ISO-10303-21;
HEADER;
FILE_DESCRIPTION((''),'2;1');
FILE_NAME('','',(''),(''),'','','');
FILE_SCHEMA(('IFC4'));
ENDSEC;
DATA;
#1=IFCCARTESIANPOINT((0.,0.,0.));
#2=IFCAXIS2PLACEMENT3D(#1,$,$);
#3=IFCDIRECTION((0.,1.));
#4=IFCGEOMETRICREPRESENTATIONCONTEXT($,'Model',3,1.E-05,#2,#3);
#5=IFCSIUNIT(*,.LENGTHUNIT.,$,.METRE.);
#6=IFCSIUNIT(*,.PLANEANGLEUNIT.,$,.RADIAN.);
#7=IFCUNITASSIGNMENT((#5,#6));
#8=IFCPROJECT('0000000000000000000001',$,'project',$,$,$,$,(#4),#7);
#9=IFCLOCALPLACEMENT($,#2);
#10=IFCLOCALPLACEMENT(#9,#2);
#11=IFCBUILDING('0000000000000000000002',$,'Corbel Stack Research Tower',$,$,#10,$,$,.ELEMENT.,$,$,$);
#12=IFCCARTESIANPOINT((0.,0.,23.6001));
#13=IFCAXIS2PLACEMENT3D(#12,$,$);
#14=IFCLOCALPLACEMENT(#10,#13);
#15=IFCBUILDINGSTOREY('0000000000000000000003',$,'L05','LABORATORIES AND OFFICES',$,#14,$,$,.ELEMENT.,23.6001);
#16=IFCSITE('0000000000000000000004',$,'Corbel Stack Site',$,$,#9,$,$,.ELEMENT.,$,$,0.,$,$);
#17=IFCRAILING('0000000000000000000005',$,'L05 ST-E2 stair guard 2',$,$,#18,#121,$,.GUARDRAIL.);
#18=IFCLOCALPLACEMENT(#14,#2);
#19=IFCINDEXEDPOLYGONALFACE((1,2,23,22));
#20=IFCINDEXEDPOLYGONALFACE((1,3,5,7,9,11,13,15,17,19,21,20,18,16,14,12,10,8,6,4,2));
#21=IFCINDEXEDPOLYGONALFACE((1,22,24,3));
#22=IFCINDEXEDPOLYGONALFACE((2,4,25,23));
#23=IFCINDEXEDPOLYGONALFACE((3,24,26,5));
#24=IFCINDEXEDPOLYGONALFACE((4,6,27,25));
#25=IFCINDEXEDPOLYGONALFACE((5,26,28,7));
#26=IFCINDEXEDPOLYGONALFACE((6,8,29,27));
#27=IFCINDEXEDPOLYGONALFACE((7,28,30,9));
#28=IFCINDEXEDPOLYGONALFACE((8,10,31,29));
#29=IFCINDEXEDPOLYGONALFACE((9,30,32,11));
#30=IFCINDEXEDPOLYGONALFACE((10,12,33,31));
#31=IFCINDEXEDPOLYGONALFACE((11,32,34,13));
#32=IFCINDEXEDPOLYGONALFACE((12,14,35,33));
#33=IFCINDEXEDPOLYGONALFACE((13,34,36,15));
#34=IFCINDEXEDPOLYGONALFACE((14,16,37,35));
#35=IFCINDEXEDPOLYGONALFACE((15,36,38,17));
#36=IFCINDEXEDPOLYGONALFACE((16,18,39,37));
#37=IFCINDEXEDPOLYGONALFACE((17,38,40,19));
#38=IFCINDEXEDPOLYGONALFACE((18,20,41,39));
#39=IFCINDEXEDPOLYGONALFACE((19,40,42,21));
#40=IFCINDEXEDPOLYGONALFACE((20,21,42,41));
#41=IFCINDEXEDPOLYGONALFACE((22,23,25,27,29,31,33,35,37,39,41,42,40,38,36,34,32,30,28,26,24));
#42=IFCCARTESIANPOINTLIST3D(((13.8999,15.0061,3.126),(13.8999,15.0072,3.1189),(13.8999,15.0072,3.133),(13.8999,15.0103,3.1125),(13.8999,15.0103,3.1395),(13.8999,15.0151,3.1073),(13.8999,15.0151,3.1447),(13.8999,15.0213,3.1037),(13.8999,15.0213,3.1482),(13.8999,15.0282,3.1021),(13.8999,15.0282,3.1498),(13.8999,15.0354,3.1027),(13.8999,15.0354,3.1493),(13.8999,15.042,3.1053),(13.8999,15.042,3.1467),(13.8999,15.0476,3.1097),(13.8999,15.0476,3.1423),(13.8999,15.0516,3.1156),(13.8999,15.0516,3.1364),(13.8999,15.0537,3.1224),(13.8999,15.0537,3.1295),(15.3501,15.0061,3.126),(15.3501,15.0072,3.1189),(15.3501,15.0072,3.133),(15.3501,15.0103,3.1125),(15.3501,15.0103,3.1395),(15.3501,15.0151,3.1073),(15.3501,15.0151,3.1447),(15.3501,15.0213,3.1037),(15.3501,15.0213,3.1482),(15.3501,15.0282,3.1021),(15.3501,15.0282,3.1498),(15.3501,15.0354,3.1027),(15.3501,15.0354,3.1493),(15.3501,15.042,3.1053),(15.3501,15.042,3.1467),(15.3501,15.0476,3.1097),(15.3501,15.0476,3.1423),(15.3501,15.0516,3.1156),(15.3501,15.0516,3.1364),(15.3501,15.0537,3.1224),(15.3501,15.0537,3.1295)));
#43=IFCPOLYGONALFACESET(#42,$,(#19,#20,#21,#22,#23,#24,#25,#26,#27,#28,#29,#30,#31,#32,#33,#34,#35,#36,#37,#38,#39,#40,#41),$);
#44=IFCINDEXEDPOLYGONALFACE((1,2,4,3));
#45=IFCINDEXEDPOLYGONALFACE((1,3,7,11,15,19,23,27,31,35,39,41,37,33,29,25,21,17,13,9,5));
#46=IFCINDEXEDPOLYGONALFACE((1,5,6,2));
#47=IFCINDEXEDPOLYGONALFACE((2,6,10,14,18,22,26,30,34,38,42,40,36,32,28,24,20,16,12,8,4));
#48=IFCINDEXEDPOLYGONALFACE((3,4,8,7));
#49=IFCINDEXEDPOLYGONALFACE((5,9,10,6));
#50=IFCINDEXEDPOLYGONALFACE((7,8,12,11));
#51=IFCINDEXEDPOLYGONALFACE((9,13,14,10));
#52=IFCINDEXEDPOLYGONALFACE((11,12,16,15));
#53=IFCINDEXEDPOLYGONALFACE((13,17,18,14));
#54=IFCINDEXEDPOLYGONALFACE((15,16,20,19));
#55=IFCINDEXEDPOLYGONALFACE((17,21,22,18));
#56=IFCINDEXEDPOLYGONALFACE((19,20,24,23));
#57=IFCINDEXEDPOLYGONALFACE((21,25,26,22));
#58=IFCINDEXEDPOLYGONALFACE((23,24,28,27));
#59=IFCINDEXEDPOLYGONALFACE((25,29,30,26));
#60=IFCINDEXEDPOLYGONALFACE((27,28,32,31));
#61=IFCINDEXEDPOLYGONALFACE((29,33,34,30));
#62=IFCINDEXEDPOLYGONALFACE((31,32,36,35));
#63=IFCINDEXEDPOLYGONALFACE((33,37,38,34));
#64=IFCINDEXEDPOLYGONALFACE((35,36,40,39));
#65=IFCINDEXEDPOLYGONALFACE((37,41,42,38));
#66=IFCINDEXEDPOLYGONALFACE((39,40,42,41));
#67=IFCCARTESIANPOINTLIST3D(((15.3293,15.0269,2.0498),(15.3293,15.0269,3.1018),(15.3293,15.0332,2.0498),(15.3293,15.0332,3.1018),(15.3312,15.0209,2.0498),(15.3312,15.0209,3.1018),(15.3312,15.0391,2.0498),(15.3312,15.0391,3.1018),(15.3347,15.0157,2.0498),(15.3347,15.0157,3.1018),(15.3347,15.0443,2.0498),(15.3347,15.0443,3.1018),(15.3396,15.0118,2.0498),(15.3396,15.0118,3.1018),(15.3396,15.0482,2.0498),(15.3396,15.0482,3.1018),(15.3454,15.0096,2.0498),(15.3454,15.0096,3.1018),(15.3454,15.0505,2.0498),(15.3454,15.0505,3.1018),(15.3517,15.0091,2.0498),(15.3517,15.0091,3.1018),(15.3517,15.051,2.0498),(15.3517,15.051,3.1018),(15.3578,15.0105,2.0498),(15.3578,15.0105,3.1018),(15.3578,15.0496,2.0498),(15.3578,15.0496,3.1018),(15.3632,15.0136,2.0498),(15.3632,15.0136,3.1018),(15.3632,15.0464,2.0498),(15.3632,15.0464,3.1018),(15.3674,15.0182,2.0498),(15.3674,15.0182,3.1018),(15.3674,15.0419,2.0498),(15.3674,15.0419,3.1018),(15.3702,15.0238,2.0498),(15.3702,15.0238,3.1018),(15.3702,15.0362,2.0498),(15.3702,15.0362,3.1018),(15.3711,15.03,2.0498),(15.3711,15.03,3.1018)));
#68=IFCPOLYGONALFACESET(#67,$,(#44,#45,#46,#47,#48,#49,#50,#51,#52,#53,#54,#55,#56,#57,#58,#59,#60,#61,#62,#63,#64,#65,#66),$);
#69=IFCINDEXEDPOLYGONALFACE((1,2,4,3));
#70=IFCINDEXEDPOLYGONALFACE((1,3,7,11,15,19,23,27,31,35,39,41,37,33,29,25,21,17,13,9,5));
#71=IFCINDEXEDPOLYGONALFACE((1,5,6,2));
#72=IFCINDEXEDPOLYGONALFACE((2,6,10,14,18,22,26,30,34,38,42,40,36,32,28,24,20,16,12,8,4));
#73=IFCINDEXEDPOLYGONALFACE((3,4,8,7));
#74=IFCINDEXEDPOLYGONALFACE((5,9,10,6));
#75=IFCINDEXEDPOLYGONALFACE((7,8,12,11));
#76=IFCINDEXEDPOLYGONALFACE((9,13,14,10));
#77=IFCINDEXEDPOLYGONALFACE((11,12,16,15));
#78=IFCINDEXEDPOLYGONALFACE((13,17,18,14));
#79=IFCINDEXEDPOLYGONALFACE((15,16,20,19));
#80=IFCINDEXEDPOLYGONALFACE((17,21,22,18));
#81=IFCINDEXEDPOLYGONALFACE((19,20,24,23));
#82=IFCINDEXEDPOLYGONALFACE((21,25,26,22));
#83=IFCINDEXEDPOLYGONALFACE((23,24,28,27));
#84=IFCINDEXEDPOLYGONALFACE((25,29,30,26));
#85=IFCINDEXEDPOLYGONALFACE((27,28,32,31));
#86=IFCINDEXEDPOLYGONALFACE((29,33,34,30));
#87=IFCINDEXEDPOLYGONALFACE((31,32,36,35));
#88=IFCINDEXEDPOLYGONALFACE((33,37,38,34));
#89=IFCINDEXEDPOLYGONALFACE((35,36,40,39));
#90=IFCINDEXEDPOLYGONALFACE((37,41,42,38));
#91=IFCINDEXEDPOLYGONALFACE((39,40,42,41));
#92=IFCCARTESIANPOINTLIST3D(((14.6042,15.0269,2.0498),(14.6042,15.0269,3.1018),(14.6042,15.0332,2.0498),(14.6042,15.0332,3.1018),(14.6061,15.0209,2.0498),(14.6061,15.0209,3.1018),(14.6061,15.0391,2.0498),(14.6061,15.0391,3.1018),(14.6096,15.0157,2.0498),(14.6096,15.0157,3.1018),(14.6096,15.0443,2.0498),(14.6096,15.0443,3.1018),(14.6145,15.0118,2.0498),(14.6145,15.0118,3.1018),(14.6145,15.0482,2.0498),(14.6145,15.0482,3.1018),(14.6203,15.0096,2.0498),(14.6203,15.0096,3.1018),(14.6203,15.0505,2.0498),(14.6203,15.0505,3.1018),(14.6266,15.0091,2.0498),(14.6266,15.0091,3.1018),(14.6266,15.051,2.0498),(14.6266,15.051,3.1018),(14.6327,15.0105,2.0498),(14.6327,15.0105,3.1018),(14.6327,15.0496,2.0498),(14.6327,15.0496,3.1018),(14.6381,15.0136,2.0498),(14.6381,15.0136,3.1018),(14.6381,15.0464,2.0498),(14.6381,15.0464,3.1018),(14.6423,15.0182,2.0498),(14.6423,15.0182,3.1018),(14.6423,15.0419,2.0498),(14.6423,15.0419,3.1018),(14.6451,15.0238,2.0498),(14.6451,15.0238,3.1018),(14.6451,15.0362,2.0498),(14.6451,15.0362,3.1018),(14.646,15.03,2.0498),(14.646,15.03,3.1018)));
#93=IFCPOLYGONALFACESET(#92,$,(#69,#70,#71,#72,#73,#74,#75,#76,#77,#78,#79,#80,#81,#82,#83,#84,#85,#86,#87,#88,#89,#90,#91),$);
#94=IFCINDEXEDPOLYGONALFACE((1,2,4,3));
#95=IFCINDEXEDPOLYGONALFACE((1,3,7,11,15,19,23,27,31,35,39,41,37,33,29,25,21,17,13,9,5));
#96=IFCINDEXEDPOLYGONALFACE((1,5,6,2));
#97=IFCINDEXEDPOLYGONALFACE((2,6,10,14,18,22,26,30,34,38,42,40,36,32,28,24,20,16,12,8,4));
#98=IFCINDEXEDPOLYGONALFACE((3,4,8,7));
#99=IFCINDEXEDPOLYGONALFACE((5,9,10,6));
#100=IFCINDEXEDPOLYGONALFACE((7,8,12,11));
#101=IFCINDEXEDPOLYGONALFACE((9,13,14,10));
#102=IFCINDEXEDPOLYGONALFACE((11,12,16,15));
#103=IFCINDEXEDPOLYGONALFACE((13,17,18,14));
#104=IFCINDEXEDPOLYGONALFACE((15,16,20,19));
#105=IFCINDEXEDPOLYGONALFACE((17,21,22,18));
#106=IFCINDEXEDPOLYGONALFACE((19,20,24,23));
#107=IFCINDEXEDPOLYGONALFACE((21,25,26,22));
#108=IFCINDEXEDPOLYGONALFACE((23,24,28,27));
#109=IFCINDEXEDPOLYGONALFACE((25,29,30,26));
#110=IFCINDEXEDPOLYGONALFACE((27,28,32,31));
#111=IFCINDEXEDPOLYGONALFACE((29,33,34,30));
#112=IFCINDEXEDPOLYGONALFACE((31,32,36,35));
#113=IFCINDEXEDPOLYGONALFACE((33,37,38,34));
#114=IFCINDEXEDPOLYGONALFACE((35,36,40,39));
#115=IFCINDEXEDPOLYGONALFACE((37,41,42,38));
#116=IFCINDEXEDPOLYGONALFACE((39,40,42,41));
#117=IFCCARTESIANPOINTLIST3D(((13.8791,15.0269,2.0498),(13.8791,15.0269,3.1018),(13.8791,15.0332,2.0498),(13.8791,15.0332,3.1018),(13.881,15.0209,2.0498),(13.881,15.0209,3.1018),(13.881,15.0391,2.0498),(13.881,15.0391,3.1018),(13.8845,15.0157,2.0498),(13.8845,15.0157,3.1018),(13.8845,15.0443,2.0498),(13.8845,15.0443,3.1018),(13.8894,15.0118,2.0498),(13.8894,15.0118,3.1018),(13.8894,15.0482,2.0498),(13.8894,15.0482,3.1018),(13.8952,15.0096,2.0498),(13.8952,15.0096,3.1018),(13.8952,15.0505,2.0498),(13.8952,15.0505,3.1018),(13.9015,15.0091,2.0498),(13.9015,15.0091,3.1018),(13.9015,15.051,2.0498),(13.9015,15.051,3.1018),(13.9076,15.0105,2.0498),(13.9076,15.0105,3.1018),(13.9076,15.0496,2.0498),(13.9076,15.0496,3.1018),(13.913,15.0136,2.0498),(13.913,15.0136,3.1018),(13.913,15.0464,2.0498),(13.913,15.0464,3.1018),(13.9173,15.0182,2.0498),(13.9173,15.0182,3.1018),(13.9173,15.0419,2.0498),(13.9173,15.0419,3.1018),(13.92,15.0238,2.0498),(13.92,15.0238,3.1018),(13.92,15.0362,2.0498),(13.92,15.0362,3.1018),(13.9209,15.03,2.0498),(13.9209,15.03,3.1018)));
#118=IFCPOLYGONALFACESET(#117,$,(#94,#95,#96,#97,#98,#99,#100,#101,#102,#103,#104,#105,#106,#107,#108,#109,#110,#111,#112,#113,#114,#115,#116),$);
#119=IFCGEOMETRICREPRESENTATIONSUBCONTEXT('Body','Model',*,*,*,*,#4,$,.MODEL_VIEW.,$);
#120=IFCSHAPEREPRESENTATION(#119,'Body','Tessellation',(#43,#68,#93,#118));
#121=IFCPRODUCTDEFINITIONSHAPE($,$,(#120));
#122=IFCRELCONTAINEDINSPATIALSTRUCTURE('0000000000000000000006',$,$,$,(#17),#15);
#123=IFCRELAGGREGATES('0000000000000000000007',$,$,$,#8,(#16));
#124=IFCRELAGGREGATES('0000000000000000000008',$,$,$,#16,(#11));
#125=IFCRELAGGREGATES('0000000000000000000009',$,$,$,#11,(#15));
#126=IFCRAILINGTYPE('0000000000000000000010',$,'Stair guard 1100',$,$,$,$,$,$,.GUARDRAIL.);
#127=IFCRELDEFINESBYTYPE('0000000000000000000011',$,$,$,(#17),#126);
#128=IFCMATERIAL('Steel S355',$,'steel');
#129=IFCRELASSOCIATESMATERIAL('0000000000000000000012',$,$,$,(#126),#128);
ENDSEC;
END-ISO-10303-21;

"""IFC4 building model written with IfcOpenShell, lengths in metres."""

from ifc_helpers import new_model, si_unit, direction, frame, origin, origin_2d, place, context, subcontext, project, spatial, circle, extrude, material, type_object, element, save


model = new_model("IFC4")

# Units and contexts
model_context = context("Model", 3, precision=1e-05, world=origin(), true_north=direction((0.0, 1.0)))
body_context = subcontext(model_context, "Body", "Model", "MODEL_VIEW")
ifc_project = project(units=[si_unit("LENGTHUNIT", "METRE"), si_unit("PLANEANGLEUNIT", "RADIAN")], contexts=[model_context])

# Site, building, storey
site_placement = place(None, origin())
site = spatial("IfcSite", under=ifc_project, at=site_placement, Name="Corbel Stack Site", CompositionType="ELEMENT", RefElevation=0.0)
building_placement = place(site_placement, origin())
building = spatial("IfcBuilding", under=site, at=building_placement, Name="Corbel Stack Research Tower", CompositionType="ELEMENT")
storey_placement = place(building_placement, frame((0.0, 0.0, 23.6001)))
storey = spatial("IfcBuildingStorey", under=building, at=storey_placement, Name="L05", Description="LABORATORIES AND OFFICES", CompositionType="ELEMENT", Elevation=23.6001)

# Railing
ifc_material_1 = material(Name="Steel S355", Category="steel")
railing_type_1 = type_object("IfcRailingType", Name="Stair guard 1100", PredefinedType="GUARDRAIL", material=ifc_material_1)
railing_1_placement = place(storey_placement, frame((15.3501, 15.03, 2.0498)))
element("IfcRailing", 1, at=railing_1_placement, inside=storey, type_object=railing_type_1, Name="L05 ST-E2 stair guard 2", PredefinedType="GUARDRAIL", context=body_context, shape_type="SweptSolid", body=[
    extrude(circle(Radius=0.0239, at=origin_2d()), frame((0.0, 0.0, 1.0762), z_axis=(-1.0, 0.0, 0.0), x_axis=(0.0, -1.0, 0.0)), (0.0, 0.0, 1.0), 1.4502),
    extrude(circle(Radius=0.021, at=origin_2d()), origin(), (0.0, 0.0, 1.0), 1.052),
    extrude(circle(Radius=0.021, at=origin_2d()), frame((-0.7251, 0.0, 0.0)), (0.0, 0.0, 1.0), 1.052),
    extrude(circle(Radius=0.021, at=origin_2d()), frame((-1.4502, 0.0, 0.0)), (0.0, 0.0, 1.0), 1.052),
])

save(model, "model.ifc")
